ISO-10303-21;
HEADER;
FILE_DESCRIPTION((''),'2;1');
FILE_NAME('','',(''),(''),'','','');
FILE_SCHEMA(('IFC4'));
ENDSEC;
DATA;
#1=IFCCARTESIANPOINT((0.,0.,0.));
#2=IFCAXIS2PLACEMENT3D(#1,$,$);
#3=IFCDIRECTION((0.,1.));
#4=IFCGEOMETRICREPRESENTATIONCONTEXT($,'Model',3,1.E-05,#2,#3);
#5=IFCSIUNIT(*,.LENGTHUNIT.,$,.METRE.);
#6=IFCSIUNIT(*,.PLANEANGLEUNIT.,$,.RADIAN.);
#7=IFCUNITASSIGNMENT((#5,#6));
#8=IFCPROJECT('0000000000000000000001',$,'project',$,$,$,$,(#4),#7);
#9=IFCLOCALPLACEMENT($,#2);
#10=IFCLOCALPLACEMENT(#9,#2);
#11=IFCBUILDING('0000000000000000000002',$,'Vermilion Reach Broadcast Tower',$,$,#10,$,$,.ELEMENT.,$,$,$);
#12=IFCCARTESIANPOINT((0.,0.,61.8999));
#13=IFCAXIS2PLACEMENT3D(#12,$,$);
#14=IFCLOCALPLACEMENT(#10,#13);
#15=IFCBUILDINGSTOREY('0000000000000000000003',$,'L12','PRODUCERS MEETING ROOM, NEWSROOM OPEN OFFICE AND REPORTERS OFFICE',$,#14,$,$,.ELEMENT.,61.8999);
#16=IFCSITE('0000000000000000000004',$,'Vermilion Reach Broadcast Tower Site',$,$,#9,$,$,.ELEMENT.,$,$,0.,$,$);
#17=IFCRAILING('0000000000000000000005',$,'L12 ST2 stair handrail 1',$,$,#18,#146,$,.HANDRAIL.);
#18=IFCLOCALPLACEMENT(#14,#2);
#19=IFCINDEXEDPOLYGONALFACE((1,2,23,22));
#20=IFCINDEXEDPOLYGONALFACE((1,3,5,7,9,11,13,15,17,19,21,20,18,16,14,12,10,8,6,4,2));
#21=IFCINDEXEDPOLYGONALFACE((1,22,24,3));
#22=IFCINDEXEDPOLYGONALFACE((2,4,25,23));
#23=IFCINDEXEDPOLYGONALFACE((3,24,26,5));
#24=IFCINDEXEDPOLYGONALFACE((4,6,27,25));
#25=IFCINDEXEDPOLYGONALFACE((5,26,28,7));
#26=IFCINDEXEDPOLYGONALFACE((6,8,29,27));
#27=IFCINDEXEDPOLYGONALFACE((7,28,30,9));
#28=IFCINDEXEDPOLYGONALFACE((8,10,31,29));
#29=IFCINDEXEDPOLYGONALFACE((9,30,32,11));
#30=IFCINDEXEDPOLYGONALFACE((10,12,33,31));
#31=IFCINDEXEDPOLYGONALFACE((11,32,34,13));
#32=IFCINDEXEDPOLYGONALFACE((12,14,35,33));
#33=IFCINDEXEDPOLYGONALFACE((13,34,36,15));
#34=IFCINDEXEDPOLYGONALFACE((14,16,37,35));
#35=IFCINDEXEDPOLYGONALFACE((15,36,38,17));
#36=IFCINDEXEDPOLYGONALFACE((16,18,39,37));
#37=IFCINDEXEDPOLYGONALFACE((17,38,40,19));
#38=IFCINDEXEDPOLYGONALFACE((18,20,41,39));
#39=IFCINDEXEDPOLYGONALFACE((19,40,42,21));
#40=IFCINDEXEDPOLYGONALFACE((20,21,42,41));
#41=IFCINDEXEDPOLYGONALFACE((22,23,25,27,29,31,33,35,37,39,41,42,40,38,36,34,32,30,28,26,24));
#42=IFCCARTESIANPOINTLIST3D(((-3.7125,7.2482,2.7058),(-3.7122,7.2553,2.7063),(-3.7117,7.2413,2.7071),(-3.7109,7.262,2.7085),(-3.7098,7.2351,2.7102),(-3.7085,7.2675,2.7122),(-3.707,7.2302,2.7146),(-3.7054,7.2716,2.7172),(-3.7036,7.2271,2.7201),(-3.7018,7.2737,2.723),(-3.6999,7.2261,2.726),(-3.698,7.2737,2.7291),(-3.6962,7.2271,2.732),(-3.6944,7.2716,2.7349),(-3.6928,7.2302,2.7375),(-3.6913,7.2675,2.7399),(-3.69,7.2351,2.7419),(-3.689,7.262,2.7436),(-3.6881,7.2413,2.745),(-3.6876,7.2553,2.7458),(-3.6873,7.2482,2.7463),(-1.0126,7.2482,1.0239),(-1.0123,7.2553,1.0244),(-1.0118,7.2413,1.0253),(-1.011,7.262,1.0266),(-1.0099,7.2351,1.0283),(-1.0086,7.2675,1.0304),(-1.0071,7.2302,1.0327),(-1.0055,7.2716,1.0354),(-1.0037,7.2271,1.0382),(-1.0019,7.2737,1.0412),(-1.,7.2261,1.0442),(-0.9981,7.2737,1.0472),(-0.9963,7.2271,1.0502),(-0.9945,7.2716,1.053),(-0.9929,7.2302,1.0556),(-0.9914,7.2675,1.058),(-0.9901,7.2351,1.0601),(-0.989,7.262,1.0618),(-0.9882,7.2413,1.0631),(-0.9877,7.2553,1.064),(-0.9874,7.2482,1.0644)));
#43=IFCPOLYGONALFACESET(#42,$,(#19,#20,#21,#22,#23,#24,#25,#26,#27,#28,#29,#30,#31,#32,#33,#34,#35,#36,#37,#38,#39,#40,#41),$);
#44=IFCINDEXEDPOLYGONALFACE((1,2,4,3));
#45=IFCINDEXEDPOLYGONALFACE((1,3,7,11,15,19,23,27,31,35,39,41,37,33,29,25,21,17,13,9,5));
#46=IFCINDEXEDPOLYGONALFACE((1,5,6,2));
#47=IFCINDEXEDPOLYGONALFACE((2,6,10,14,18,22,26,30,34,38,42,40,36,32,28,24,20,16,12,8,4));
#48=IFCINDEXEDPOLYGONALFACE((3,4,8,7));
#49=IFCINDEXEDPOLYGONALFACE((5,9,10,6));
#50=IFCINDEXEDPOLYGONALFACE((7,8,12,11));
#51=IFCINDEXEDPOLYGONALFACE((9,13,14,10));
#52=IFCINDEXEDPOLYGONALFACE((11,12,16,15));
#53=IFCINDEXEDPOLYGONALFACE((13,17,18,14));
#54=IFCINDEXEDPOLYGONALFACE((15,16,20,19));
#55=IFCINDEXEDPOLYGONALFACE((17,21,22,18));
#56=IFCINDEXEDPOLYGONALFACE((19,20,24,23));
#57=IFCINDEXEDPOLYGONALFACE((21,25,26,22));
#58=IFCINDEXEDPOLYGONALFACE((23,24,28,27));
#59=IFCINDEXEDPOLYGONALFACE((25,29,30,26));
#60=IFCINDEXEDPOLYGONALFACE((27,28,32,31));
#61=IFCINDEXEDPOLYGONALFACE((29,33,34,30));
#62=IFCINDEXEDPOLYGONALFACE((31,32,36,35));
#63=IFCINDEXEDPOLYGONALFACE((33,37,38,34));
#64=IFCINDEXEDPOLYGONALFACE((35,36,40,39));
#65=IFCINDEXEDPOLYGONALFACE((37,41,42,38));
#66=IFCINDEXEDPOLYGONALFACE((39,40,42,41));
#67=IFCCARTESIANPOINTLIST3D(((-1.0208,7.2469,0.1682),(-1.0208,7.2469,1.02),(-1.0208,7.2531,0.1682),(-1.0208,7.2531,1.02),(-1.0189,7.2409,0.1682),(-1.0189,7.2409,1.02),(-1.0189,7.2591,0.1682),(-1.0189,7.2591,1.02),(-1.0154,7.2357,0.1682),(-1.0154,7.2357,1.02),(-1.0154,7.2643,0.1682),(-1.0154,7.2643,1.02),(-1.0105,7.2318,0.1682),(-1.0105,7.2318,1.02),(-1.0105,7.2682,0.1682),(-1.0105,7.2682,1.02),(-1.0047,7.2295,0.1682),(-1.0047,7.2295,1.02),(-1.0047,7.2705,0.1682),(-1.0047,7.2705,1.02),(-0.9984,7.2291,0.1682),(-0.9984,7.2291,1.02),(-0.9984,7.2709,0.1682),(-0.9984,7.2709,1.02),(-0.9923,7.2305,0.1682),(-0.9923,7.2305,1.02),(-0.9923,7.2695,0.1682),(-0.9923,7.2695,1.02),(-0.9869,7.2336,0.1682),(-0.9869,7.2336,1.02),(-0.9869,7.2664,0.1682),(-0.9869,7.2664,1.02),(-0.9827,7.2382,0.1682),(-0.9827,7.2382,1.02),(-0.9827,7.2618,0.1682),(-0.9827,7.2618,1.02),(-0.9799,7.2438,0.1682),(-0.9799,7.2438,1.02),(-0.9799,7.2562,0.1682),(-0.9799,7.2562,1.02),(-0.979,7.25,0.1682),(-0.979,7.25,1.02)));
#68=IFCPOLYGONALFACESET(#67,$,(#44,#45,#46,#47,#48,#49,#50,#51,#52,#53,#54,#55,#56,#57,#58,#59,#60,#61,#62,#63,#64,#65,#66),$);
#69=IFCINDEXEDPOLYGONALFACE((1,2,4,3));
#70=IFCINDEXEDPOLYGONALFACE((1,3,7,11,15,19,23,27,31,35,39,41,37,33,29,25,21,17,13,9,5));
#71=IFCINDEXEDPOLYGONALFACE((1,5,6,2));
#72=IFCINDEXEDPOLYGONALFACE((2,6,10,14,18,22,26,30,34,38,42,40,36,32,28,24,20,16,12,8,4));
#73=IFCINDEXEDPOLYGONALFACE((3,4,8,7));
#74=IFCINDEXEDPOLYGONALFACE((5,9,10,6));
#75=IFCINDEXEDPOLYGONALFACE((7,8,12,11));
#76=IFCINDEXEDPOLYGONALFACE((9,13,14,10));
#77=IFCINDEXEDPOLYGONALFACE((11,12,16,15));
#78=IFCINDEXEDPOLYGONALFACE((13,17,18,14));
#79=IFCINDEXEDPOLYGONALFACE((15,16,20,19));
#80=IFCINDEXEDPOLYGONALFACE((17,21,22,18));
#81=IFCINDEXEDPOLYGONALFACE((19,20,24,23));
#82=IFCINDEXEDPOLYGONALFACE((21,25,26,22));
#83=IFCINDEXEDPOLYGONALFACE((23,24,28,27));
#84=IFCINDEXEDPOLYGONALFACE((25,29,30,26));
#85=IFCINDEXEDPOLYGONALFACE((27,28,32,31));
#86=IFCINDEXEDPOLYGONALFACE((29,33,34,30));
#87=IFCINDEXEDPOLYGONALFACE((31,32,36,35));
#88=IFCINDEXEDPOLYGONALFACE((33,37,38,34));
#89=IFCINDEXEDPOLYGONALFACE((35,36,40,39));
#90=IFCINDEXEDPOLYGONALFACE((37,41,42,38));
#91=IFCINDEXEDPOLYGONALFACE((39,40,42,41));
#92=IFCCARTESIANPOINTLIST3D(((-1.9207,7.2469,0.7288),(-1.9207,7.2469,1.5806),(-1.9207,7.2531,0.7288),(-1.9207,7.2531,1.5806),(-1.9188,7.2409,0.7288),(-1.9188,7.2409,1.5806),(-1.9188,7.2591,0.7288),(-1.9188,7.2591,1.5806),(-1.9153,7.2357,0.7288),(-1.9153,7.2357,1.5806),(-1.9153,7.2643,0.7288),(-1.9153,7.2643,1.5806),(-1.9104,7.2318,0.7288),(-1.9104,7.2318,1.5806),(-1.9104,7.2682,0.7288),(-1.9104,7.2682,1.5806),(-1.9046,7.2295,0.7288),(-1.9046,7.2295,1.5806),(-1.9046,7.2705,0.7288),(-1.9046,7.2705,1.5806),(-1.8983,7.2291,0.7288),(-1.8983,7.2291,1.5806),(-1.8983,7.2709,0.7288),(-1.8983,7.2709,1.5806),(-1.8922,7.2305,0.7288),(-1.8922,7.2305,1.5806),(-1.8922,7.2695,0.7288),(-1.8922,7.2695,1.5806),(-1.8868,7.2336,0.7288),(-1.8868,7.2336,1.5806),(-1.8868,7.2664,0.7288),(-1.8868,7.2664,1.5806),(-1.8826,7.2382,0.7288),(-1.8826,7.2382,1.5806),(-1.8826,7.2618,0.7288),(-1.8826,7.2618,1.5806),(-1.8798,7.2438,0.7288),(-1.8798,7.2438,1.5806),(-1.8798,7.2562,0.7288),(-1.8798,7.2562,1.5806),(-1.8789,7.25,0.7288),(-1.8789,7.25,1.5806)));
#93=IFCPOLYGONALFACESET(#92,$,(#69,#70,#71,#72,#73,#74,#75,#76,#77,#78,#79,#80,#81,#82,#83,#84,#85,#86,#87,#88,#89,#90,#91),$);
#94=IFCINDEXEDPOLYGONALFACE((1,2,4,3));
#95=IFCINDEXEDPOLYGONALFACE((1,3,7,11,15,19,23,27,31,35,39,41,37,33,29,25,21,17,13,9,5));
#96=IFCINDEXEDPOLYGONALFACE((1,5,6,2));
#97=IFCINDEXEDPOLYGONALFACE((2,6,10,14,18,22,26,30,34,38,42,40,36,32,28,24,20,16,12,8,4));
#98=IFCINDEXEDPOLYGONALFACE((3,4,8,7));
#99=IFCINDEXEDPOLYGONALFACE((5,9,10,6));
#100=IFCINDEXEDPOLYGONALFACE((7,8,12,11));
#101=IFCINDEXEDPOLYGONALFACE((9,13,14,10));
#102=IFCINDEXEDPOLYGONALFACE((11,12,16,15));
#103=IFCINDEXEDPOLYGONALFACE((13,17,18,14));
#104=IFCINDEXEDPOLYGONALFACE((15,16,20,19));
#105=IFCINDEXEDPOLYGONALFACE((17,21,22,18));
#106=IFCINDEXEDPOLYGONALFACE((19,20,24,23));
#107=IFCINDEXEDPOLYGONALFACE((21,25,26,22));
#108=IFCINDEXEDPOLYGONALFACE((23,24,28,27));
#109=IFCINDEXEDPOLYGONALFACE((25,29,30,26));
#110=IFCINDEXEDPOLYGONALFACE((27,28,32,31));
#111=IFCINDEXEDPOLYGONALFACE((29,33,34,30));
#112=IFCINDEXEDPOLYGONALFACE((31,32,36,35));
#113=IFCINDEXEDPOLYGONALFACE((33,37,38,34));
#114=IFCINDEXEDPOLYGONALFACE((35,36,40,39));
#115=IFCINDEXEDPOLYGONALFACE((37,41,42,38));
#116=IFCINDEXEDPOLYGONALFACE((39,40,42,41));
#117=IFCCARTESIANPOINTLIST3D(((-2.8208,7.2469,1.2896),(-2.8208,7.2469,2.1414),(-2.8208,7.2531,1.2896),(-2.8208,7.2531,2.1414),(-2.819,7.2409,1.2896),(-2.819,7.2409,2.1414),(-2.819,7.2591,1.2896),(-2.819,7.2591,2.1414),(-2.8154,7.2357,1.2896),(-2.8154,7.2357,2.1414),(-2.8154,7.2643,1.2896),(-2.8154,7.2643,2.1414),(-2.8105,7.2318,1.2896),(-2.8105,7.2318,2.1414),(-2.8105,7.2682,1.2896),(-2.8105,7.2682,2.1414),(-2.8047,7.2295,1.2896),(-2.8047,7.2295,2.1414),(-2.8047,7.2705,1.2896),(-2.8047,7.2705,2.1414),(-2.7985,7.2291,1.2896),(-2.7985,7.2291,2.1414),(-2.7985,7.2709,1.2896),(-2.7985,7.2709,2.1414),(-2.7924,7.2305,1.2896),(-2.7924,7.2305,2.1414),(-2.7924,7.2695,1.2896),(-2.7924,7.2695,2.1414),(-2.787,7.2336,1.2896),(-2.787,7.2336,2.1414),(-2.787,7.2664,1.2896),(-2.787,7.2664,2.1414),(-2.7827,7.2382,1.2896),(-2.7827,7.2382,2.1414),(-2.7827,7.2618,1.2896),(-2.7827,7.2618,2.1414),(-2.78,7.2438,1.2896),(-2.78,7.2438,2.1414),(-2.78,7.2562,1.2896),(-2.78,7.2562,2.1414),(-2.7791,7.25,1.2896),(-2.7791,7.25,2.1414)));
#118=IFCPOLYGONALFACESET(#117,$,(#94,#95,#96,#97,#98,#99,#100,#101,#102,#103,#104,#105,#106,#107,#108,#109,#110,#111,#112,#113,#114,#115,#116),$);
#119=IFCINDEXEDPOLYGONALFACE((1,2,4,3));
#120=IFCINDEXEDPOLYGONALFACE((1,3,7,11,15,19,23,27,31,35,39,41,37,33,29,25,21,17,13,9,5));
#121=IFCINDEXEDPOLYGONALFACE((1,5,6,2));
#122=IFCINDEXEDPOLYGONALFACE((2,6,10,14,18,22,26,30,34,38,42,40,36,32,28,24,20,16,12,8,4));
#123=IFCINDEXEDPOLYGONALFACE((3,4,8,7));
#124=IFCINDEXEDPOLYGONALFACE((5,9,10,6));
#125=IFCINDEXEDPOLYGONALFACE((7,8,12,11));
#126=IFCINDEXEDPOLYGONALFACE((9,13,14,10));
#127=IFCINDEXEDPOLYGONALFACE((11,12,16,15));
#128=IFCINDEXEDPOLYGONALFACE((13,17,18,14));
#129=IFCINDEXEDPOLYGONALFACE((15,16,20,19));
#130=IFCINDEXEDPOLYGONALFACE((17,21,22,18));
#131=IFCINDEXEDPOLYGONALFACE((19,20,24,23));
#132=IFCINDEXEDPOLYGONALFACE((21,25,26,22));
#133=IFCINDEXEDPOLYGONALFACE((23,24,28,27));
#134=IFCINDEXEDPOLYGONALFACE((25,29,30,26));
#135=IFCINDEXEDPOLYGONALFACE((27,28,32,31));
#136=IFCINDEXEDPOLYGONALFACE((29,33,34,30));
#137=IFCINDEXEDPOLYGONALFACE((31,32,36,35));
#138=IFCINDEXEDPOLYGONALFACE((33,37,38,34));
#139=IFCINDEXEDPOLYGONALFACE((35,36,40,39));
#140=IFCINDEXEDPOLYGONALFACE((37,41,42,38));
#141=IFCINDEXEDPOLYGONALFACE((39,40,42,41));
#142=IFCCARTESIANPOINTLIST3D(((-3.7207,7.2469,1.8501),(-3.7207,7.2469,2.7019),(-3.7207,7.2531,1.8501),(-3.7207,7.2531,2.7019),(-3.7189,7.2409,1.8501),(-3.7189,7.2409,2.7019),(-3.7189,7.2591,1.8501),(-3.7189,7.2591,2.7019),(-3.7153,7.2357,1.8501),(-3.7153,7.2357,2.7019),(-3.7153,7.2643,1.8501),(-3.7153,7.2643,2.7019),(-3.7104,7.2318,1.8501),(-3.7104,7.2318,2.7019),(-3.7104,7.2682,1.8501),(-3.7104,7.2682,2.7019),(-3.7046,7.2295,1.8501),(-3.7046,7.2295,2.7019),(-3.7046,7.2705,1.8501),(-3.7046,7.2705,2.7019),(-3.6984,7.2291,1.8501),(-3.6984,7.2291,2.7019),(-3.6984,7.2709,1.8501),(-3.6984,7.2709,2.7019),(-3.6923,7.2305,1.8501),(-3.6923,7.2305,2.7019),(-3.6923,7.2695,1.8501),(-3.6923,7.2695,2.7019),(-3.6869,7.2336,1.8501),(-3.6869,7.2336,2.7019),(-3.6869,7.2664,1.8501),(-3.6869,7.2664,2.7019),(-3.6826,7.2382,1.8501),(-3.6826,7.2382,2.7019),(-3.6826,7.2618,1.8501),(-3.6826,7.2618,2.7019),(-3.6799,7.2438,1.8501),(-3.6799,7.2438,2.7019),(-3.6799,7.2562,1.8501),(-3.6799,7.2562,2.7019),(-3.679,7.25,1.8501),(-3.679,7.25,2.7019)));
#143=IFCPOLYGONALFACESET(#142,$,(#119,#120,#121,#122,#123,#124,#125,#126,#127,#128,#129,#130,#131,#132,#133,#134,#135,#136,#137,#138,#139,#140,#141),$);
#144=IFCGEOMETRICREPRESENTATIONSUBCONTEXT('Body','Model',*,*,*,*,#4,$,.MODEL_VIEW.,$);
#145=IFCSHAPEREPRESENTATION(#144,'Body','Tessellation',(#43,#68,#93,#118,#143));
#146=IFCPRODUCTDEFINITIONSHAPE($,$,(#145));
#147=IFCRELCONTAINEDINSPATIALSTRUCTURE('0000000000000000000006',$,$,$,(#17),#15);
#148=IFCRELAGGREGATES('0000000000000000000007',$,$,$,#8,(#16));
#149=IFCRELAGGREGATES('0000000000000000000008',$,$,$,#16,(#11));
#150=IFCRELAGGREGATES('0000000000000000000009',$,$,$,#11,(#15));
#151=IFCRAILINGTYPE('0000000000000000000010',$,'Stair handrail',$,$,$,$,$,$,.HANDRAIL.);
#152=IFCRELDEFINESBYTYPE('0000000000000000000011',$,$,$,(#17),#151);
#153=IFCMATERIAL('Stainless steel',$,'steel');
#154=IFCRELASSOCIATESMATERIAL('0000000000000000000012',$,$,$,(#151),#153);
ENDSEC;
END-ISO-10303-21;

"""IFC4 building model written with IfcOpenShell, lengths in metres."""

from ifc_helpers import new_model, si_unit, direction, frame, origin, origin_2d, place, context, subcontext, project, spatial, circle, extrude, material, type_object, element, save


model = new_model("IFC4")

# Units and contexts
model_context = context("Model", 3, precision=1e-05, world=origin(), true_north=direction((0.0, 1.0)))
body_context = subcontext(model_context, "Body", "Model", "MODEL_VIEW")
ifc_project = project(units=[si_unit("LENGTHUNIT", "METRE"), si_unit("PLANEANGLEUNIT", "RADIAN")], contexts=[model_context])

# Site, building, storey
site_placement = place(None, origin())
site = spatial("IfcSite", under=ifc_project, at=site_placement, Name="Vermilion Reach Broadcast Tower Site", CompositionType="ELEMENT", RefElevation=0.0)
building_placement = place(site_placement, origin())
building = spatial("IfcBuilding", under=site, at=building_placement, Name="Vermilion Reach Broadcast Tower", CompositionType="ELEMENT")
storey_placement = place(building_placement, frame((0.0, 0.0, 61.8999)))
storey = spatial("IfcBuildingStorey", under=building, at=storey_placement, Name="L12", Description="PRODUCERS MEETING ROOM, NEWSROOM OPEN OFFICE AND REPORTERS OFFICE", CompositionType="ELEMENT", Elevation=61.8999)

# Railing
ifc_material_1 = material(Name="Stainless steel", Category="steel")
railing_type_1 = type_object("IfcRailingType", Name="Stair handrail", PredefinedType="HANDRAIL", material=ifc_material_1)
railing_1_placement = place(storey_placement, frame((-1.0, 7.25, 0.1682)))
element("IfcRailing", 1, at=railing_1_placement, inside=storey, type_object=railing_type_1, Name="L12 ST2 stair handrail 1", PredefinedType="HANDRAIL", context=body_context, shape_type="SweptSolid", body=[
    extrude(circle(Radius=0.0239, at=origin_2d()), frame((0.0, 0.0, 0.876), z_axis=(-0.848786, 0.0, 0.528736), x_axis=(0.0, -1.0, 0.0)), (0.0, 0.0, 1.0), 3.1809),
    extrude(circle(Radius=0.021, at=origin_2d()), origin(), (0.0, 0.0, 1.0), 0.8518),
    extrude(circle(Radius=0.021, at=origin_2d()), frame((-0.8999, 0.0, 0.5605)), (0.0, 0.0, 1.0), 0.8518),
    extrude(circle(Radius=0.021, at=origin_2d()), frame((-1.8, 0.0, 1.1213)), (0.0, 0.0, 1.0), 0.8518),
    extrude(circle(Radius=0.021, at=origin_2d()), frame((-2.7, 0.0, 1.6819)), (0.0, 0.0, 1.0), 0.8518),
])

save(model, "model.ifc")
